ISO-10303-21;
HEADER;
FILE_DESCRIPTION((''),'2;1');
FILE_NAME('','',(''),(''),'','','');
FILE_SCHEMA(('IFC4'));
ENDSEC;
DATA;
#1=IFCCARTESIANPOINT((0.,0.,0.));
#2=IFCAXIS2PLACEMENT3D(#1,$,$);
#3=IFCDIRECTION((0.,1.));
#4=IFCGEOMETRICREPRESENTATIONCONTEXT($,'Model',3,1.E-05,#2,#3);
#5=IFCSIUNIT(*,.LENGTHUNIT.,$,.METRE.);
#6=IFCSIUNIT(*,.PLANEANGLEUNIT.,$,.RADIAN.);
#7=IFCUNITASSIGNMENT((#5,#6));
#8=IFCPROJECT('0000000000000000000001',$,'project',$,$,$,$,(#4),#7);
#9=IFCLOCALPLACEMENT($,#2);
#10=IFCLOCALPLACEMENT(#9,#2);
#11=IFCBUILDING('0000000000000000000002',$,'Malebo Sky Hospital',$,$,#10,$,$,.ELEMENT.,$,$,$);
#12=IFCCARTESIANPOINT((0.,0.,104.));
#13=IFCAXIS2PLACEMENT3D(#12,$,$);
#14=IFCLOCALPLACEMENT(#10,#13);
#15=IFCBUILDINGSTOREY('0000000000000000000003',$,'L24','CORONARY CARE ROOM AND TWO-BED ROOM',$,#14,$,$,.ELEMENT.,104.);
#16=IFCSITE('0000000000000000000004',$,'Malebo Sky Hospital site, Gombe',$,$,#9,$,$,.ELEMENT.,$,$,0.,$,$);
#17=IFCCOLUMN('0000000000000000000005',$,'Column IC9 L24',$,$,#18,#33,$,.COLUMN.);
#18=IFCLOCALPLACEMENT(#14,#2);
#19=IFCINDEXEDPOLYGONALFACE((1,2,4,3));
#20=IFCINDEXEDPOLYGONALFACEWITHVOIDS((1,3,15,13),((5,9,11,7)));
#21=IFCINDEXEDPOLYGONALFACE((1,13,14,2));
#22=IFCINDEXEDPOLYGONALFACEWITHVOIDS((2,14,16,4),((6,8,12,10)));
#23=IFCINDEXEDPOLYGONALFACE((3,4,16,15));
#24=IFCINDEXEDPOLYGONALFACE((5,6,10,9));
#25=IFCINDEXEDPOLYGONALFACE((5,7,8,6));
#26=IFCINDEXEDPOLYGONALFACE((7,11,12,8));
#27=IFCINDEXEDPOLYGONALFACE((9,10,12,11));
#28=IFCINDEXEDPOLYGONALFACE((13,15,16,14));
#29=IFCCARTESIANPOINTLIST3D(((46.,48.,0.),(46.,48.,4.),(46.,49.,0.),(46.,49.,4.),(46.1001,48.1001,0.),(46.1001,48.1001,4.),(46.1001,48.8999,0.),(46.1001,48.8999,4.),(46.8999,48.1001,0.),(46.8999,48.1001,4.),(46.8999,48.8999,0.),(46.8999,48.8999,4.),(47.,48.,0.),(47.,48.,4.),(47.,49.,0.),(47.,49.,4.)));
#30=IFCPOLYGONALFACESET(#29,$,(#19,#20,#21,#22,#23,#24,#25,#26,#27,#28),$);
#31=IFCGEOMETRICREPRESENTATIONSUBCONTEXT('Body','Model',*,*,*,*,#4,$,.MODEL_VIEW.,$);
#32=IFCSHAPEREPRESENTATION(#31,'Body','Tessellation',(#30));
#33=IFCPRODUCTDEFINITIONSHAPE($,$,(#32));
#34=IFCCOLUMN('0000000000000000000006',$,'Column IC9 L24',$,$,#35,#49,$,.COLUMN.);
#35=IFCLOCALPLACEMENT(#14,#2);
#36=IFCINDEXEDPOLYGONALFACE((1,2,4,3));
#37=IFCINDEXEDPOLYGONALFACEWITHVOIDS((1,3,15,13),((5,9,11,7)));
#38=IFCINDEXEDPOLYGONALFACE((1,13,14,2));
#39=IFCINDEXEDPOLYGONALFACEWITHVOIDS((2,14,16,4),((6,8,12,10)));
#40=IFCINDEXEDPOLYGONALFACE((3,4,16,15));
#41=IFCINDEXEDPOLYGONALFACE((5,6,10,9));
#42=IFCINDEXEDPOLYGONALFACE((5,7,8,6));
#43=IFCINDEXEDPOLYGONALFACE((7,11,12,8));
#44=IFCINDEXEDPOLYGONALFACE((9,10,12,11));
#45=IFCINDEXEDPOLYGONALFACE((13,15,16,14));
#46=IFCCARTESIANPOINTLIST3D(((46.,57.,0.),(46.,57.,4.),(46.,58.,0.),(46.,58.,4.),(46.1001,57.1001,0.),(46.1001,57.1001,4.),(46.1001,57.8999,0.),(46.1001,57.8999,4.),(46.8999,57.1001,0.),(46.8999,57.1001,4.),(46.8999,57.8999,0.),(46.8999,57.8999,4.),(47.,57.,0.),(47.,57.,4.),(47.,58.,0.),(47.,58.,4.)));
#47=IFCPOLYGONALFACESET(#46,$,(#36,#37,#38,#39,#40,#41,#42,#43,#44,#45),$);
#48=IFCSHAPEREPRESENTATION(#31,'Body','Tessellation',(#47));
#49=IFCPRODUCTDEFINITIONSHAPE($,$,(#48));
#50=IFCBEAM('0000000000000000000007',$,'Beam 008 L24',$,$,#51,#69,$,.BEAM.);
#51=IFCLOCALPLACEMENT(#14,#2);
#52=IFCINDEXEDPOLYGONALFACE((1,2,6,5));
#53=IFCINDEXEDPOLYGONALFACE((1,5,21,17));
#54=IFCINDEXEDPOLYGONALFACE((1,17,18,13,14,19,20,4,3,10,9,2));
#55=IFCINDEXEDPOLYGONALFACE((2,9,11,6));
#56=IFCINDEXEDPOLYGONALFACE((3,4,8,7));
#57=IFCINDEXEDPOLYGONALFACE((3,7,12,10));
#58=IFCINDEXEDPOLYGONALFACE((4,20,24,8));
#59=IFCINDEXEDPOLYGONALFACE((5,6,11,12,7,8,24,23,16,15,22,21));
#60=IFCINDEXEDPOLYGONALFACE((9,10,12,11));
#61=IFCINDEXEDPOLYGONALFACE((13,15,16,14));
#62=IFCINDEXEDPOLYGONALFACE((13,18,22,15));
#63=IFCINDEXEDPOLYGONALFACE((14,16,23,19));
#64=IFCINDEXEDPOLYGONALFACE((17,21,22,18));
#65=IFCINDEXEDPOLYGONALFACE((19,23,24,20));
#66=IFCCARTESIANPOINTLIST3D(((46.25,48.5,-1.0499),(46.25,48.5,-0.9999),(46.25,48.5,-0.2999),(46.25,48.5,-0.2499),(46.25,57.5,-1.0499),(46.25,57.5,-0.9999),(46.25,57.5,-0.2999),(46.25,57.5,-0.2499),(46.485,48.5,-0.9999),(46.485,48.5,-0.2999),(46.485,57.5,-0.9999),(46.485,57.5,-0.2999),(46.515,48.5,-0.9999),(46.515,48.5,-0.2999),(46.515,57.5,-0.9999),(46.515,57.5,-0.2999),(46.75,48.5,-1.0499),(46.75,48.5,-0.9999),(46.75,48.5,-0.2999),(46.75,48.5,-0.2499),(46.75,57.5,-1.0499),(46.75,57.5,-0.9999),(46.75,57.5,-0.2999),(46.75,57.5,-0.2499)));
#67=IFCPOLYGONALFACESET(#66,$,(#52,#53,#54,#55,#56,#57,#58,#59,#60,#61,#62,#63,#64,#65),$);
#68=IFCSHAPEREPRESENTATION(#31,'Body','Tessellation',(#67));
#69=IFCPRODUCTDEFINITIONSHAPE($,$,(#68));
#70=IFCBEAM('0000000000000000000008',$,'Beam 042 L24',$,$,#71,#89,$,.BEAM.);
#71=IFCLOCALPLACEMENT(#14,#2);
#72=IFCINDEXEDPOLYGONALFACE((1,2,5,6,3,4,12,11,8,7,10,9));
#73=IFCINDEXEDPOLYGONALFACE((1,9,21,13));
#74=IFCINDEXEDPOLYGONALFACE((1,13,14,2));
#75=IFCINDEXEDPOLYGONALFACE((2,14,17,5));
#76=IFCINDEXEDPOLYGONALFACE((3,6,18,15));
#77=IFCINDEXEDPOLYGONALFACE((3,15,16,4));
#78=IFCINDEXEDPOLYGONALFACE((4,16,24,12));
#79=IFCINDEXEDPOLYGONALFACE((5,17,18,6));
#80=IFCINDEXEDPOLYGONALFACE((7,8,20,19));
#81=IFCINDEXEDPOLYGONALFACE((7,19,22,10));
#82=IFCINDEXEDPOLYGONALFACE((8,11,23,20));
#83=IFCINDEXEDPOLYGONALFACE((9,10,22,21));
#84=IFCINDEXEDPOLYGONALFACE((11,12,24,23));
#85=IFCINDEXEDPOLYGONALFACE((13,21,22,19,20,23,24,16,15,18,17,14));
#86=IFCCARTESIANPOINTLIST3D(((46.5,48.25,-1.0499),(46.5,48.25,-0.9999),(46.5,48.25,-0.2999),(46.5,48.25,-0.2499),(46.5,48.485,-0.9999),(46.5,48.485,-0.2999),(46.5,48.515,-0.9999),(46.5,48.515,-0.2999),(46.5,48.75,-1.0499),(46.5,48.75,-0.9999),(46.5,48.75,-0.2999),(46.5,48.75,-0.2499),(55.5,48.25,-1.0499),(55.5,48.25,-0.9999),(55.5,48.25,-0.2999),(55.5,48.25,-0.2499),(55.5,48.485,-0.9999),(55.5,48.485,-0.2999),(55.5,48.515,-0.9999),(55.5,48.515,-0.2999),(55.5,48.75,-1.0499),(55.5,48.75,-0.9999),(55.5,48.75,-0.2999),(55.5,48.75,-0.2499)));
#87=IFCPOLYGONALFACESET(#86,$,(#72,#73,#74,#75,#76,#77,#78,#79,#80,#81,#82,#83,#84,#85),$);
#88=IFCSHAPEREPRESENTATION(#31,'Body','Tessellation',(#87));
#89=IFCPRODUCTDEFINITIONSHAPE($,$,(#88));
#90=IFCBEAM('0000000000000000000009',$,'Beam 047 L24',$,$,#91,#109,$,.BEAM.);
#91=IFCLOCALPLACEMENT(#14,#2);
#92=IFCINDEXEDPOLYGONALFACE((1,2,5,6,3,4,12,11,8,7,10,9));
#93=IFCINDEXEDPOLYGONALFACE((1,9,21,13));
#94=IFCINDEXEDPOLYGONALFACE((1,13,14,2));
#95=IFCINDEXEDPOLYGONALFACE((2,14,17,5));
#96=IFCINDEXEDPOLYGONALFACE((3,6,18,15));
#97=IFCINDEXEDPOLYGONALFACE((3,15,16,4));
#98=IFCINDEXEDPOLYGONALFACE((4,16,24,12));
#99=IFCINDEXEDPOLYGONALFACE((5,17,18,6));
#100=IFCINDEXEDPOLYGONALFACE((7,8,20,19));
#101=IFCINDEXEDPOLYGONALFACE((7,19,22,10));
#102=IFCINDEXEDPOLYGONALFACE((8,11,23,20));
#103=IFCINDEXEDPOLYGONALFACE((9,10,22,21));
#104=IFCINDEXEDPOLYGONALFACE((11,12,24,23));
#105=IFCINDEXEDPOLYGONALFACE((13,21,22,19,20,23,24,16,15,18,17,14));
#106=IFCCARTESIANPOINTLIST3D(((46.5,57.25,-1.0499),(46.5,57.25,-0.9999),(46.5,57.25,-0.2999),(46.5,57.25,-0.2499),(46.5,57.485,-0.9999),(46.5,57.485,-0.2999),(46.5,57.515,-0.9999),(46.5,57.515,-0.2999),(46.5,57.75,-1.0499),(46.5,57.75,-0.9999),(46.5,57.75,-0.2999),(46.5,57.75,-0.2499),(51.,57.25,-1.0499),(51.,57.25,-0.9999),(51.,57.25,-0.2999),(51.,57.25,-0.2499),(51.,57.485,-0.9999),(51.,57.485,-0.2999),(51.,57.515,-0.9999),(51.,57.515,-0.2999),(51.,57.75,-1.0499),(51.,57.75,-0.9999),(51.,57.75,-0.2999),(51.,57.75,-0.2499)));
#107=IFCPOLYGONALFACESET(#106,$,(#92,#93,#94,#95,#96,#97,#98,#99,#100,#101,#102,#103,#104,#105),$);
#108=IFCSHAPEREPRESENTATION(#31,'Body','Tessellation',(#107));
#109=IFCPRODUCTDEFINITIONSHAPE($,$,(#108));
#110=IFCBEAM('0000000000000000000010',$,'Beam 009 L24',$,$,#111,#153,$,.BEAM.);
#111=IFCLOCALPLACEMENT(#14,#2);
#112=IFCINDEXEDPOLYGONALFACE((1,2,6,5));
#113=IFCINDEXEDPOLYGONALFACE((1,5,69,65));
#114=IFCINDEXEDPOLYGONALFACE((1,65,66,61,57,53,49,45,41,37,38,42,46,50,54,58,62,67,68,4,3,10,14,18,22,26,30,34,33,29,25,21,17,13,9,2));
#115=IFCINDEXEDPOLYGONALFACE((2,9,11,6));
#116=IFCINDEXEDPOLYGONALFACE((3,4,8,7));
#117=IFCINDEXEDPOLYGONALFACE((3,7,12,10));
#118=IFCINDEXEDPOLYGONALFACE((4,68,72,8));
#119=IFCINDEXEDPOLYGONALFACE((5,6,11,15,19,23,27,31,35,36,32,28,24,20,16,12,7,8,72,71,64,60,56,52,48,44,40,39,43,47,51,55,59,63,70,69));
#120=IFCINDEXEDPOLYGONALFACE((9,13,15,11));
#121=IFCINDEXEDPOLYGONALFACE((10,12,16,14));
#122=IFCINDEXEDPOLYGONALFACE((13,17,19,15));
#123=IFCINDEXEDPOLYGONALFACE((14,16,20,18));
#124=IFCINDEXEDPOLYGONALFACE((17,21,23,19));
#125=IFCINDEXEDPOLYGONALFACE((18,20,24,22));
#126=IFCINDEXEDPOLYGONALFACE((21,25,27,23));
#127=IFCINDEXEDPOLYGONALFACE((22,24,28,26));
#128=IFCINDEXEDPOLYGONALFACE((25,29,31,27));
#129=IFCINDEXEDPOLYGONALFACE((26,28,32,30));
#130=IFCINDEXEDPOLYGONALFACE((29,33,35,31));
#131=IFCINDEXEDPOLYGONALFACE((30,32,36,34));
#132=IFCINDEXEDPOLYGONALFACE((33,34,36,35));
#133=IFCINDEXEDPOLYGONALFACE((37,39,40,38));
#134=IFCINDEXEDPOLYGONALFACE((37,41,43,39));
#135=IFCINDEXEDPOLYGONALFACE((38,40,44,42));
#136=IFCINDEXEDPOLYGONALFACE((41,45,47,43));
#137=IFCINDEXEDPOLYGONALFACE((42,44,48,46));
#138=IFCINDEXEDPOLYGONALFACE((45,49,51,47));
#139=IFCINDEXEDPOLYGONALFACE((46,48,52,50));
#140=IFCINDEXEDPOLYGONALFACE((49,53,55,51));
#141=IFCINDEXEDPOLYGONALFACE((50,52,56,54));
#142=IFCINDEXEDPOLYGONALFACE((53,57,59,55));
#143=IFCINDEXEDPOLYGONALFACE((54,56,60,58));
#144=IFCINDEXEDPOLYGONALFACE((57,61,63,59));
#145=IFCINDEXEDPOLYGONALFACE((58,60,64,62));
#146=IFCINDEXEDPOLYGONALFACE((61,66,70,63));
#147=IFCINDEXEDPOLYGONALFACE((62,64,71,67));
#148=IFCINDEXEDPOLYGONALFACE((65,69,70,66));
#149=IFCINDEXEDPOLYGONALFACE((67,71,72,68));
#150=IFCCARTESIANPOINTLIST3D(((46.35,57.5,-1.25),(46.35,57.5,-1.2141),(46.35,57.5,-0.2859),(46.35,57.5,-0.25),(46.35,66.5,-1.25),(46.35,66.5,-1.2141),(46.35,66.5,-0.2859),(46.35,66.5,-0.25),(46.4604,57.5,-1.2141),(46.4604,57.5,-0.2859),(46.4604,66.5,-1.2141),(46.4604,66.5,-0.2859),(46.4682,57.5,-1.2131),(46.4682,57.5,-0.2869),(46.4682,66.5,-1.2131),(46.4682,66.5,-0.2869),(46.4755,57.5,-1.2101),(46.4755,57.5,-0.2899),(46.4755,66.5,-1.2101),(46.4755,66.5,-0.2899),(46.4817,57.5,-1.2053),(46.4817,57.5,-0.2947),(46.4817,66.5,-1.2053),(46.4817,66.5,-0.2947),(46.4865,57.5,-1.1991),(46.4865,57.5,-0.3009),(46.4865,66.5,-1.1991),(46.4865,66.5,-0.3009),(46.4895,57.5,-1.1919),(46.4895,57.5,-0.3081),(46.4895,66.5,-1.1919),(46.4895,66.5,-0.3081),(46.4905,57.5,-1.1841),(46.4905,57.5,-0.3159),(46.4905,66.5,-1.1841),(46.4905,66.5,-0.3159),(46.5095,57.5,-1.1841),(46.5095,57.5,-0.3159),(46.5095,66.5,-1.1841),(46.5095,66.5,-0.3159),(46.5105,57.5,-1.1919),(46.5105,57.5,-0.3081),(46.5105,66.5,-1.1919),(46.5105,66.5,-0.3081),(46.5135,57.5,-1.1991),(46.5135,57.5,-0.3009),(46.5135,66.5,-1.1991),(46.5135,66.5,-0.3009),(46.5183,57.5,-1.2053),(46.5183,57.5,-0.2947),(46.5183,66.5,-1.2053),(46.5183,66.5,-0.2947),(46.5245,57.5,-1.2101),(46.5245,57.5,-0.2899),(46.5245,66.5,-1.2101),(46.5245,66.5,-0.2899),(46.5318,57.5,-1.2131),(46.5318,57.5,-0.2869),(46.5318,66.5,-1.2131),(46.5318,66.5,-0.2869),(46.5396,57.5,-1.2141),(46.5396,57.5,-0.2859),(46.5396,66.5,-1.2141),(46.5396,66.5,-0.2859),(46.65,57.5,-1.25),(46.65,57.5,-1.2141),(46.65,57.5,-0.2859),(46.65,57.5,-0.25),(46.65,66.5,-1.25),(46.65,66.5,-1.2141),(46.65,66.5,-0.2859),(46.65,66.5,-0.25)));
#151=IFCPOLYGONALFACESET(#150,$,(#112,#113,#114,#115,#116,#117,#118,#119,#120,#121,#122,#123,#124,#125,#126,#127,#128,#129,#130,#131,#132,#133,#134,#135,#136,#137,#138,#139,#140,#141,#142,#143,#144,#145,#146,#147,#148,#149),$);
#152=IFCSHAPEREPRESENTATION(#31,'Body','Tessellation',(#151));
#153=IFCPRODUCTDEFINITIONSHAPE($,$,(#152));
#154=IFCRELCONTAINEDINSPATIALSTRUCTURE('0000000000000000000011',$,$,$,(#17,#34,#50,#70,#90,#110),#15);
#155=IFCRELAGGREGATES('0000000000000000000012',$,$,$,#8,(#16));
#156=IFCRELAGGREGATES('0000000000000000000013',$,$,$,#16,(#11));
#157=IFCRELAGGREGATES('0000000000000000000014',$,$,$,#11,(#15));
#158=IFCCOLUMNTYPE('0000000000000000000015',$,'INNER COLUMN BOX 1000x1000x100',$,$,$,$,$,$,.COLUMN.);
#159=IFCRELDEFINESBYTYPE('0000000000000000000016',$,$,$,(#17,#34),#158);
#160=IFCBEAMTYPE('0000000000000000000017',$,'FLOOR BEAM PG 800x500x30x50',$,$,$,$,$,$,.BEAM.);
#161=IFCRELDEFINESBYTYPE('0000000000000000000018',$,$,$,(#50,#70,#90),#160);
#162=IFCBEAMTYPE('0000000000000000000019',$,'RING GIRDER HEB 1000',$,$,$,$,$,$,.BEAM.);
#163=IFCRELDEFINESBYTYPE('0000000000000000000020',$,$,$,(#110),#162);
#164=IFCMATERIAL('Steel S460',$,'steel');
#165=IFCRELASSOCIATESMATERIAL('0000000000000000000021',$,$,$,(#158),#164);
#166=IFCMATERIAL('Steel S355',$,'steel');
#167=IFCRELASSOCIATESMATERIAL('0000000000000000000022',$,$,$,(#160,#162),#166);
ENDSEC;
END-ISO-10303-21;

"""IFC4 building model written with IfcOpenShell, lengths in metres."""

from ifc_helpers import new_model, si_unit, direction, frame, origin, origin_2d, place, context, subcontext, project, spatial, hollow_rectangle, i_section, extrude, material, material_profile, profile_set, type_object, element, save


model = new_model("IFC4")

# Units and contexts
model_context = context("Model", 3, precision=1e-05, world=origin(), true_north=direction((0.0, 1.0)))
body_context = subcontext(model_context, "Body", "Model", "MODEL_VIEW")
ifc_project = project(units=[si_unit("LENGTHUNIT", "METRE"), si_unit("PLANEANGLEUNIT", "RADIAN")], contexts=[model_context])

# Site, building, storey
site_placement = place(None, origin())
site = spatial("IfcSite", under=ifc_project, at=site_placement, Name="Malebo Sky Hospital site, Gombe", CompositionType="ELEMENT", RefElevation=0.0)
building_placement = place(site_placement, origin())
building = spatial("IfcBuilding", under=site, at=building_placement, Name="Malebo Sky Hospital", CompositionType="ELEMENT")
storey_placement = place(building_placement, frame((0.0, 0.0, 104.0)))
storey = spatial("IfcBuildingStorey", under=building, at=storey_placement, Name="L24", Description="CORONARY CARE ROOM AND TWO-BED ROOM", CompositionType="ELEMENT", Elevation=104.0)

# Columns
ifc_material_1 = material(Name="Steel S460", Category="steel")
ifc_material_profile_1 = material_profile(ifc_material_1, hollow_rectangle(XDim=1.0, YDim=1.0, WallThickness=0.1001, at=origin_2d()), Name="BOX 1000x1000x100")
ifc_profile_set_1 = profile_set([ifc_material_profile_1], Name="Steel S460")
column_type = type_object("IfcColumnType", Name="INNER COLUMN BOX 1000x1000x100", PredefinedType="COLUMN", material=ifc_profile_set_1)
for number, where, z_axis, x_axis, name in (
    (1, (46.5, 48.5, 0.0), (0.0, 0.0, 1.0), (1.0, 0.0, 0.0), "Column IC9 L24"),
    (2, (46.5, 57.5, 0.0), (0.0, 0.0, 1.0), (1.0, 0.0, 0.0), "Column IC9 L24"),
):
    element("IfcColumn", number, at=place(storey_placement, frame(where, z_axis=z_axis, x_axis=x_axis)), inside=storey, type_object=column_type, Name=name, PredefinedType="COLUMN", context=body_context, shape_type="SweptSolid", body=[
        extrude(hollow_rectangle(XDim=1.0, YDim=1.0, WallThickness=0.1001, at=origin_2d()), origin(), (0.0, 0.0, 1.0), 4.0),
    ])

# Beams
ifc_material_2 = material(Name="Steel S355", Category="steel")
ifc_material_profile_2 = material_profile(ifc_material_2, i_section(OverallWidth=0.5, OverallDepth=0.8, WebThickness=0.03, FlangeThickness=0.05, at=origin_2d()), Name="PG 800x500x30x50")
ifc_profile_set_2 = profile_set([ifc_material_profile_2], Name="Steel S355")
beam_type_1 = type_object("IfcBeamType", Name="FLOOR BEAM PG 800x500x30x50", PredefinedType="BEAM", material=ifc_profile_set_2)
for number, where, z_axis, x_axis, name in (
    (3, (46.5, 48.5, -0.6499), (0.0, 1.0, 0.0), (-1.0, 0.0, 0.0), "Beam 008 L24"),
    (4, (46.5, 48.5, -0.6499), (1.0, 0.0, 0.0), (0.0, 1.0, 0.0), "Beam 042 L24"),
):
    element("IfcBeam", number, at=place(storey_placement, frame(where, z_axis=z_axis, x_axis=x_axis)), inside=storey, type_object=beam_type_1, Name=name, PredefinedType="BEAM", context=body_context, shape_type="SweptSolid", body=[
        extrude(i_section(OverallWidth=0.5, OverallDepth=0.8, WebThickness=0.03, FlangeThickness=0.05, at=origin_2d()), origin(), (0.0, 0.0, 1.0), 9.0),
    ])
beam_1_placement = place(storey_placement, frame((46.5, 57.5, -0.6499), z_axis=(1.0, 0.0, 0.0), x_axis=(0.0, 1.0, 0.0)))
element("IfcBeam", 5, at=beam_1_placement, inside=storey, type_object=beam_type_1, Name="Beam 047 L24", PredefinedType="BEAM", context=body_context, shape_type="SweptSolid", body=[
    extrude(i_section(OverallWidth=0.5, OverallDepth=0.8, WebThickness=0.03, FlangeThickness=0.05, at=origin_2d()), origin(), (0.0, 0.0, 1.0), 4.5),
])
ifc_material_profile_3 = material_profile(ifc_material_2, i_section(OverallWidth=0.3, OverallDepth=1.0, WebThickness=0.019, FlangeThickness=0.0359, FilletRadius=0.03, at=origin_2d()), Name="HEB 1000")
ifc_profile_set_3 = profile_set([ifc_material_profile_3], Name="Steel S355")
beam_type_2 = type_object("IfcBeamType", Name="RING GIRDER HEB 1000", PredefinedType="BEAM", material=ifc_profile_set_3)
beam_2_placement = place(storey_placement, frame((46.5, 57.5, -0.75), z_axis=(0.0, 1.0, 0.0), x_axis=(-1.0, 0.0, 0.0)))
element("IfcBeam", 6, at=beam_2_placement, inside=storey, type_object=beam_type_2, Name="Beam 009 L24", PredefinedType="BEAM", context=body_context, shape_type="SweptSolid", body=[
    extrude(i_section(OverallWidth=0.3, OverallDepth=1.0, WebThickness=0.019, FlangeThickness=0.0359, FilletRadius=0.03, at=origin_2d()), origin(), (0.0, 0.0, 1.0), 9.0),
])

save(model, "model.ifc")
